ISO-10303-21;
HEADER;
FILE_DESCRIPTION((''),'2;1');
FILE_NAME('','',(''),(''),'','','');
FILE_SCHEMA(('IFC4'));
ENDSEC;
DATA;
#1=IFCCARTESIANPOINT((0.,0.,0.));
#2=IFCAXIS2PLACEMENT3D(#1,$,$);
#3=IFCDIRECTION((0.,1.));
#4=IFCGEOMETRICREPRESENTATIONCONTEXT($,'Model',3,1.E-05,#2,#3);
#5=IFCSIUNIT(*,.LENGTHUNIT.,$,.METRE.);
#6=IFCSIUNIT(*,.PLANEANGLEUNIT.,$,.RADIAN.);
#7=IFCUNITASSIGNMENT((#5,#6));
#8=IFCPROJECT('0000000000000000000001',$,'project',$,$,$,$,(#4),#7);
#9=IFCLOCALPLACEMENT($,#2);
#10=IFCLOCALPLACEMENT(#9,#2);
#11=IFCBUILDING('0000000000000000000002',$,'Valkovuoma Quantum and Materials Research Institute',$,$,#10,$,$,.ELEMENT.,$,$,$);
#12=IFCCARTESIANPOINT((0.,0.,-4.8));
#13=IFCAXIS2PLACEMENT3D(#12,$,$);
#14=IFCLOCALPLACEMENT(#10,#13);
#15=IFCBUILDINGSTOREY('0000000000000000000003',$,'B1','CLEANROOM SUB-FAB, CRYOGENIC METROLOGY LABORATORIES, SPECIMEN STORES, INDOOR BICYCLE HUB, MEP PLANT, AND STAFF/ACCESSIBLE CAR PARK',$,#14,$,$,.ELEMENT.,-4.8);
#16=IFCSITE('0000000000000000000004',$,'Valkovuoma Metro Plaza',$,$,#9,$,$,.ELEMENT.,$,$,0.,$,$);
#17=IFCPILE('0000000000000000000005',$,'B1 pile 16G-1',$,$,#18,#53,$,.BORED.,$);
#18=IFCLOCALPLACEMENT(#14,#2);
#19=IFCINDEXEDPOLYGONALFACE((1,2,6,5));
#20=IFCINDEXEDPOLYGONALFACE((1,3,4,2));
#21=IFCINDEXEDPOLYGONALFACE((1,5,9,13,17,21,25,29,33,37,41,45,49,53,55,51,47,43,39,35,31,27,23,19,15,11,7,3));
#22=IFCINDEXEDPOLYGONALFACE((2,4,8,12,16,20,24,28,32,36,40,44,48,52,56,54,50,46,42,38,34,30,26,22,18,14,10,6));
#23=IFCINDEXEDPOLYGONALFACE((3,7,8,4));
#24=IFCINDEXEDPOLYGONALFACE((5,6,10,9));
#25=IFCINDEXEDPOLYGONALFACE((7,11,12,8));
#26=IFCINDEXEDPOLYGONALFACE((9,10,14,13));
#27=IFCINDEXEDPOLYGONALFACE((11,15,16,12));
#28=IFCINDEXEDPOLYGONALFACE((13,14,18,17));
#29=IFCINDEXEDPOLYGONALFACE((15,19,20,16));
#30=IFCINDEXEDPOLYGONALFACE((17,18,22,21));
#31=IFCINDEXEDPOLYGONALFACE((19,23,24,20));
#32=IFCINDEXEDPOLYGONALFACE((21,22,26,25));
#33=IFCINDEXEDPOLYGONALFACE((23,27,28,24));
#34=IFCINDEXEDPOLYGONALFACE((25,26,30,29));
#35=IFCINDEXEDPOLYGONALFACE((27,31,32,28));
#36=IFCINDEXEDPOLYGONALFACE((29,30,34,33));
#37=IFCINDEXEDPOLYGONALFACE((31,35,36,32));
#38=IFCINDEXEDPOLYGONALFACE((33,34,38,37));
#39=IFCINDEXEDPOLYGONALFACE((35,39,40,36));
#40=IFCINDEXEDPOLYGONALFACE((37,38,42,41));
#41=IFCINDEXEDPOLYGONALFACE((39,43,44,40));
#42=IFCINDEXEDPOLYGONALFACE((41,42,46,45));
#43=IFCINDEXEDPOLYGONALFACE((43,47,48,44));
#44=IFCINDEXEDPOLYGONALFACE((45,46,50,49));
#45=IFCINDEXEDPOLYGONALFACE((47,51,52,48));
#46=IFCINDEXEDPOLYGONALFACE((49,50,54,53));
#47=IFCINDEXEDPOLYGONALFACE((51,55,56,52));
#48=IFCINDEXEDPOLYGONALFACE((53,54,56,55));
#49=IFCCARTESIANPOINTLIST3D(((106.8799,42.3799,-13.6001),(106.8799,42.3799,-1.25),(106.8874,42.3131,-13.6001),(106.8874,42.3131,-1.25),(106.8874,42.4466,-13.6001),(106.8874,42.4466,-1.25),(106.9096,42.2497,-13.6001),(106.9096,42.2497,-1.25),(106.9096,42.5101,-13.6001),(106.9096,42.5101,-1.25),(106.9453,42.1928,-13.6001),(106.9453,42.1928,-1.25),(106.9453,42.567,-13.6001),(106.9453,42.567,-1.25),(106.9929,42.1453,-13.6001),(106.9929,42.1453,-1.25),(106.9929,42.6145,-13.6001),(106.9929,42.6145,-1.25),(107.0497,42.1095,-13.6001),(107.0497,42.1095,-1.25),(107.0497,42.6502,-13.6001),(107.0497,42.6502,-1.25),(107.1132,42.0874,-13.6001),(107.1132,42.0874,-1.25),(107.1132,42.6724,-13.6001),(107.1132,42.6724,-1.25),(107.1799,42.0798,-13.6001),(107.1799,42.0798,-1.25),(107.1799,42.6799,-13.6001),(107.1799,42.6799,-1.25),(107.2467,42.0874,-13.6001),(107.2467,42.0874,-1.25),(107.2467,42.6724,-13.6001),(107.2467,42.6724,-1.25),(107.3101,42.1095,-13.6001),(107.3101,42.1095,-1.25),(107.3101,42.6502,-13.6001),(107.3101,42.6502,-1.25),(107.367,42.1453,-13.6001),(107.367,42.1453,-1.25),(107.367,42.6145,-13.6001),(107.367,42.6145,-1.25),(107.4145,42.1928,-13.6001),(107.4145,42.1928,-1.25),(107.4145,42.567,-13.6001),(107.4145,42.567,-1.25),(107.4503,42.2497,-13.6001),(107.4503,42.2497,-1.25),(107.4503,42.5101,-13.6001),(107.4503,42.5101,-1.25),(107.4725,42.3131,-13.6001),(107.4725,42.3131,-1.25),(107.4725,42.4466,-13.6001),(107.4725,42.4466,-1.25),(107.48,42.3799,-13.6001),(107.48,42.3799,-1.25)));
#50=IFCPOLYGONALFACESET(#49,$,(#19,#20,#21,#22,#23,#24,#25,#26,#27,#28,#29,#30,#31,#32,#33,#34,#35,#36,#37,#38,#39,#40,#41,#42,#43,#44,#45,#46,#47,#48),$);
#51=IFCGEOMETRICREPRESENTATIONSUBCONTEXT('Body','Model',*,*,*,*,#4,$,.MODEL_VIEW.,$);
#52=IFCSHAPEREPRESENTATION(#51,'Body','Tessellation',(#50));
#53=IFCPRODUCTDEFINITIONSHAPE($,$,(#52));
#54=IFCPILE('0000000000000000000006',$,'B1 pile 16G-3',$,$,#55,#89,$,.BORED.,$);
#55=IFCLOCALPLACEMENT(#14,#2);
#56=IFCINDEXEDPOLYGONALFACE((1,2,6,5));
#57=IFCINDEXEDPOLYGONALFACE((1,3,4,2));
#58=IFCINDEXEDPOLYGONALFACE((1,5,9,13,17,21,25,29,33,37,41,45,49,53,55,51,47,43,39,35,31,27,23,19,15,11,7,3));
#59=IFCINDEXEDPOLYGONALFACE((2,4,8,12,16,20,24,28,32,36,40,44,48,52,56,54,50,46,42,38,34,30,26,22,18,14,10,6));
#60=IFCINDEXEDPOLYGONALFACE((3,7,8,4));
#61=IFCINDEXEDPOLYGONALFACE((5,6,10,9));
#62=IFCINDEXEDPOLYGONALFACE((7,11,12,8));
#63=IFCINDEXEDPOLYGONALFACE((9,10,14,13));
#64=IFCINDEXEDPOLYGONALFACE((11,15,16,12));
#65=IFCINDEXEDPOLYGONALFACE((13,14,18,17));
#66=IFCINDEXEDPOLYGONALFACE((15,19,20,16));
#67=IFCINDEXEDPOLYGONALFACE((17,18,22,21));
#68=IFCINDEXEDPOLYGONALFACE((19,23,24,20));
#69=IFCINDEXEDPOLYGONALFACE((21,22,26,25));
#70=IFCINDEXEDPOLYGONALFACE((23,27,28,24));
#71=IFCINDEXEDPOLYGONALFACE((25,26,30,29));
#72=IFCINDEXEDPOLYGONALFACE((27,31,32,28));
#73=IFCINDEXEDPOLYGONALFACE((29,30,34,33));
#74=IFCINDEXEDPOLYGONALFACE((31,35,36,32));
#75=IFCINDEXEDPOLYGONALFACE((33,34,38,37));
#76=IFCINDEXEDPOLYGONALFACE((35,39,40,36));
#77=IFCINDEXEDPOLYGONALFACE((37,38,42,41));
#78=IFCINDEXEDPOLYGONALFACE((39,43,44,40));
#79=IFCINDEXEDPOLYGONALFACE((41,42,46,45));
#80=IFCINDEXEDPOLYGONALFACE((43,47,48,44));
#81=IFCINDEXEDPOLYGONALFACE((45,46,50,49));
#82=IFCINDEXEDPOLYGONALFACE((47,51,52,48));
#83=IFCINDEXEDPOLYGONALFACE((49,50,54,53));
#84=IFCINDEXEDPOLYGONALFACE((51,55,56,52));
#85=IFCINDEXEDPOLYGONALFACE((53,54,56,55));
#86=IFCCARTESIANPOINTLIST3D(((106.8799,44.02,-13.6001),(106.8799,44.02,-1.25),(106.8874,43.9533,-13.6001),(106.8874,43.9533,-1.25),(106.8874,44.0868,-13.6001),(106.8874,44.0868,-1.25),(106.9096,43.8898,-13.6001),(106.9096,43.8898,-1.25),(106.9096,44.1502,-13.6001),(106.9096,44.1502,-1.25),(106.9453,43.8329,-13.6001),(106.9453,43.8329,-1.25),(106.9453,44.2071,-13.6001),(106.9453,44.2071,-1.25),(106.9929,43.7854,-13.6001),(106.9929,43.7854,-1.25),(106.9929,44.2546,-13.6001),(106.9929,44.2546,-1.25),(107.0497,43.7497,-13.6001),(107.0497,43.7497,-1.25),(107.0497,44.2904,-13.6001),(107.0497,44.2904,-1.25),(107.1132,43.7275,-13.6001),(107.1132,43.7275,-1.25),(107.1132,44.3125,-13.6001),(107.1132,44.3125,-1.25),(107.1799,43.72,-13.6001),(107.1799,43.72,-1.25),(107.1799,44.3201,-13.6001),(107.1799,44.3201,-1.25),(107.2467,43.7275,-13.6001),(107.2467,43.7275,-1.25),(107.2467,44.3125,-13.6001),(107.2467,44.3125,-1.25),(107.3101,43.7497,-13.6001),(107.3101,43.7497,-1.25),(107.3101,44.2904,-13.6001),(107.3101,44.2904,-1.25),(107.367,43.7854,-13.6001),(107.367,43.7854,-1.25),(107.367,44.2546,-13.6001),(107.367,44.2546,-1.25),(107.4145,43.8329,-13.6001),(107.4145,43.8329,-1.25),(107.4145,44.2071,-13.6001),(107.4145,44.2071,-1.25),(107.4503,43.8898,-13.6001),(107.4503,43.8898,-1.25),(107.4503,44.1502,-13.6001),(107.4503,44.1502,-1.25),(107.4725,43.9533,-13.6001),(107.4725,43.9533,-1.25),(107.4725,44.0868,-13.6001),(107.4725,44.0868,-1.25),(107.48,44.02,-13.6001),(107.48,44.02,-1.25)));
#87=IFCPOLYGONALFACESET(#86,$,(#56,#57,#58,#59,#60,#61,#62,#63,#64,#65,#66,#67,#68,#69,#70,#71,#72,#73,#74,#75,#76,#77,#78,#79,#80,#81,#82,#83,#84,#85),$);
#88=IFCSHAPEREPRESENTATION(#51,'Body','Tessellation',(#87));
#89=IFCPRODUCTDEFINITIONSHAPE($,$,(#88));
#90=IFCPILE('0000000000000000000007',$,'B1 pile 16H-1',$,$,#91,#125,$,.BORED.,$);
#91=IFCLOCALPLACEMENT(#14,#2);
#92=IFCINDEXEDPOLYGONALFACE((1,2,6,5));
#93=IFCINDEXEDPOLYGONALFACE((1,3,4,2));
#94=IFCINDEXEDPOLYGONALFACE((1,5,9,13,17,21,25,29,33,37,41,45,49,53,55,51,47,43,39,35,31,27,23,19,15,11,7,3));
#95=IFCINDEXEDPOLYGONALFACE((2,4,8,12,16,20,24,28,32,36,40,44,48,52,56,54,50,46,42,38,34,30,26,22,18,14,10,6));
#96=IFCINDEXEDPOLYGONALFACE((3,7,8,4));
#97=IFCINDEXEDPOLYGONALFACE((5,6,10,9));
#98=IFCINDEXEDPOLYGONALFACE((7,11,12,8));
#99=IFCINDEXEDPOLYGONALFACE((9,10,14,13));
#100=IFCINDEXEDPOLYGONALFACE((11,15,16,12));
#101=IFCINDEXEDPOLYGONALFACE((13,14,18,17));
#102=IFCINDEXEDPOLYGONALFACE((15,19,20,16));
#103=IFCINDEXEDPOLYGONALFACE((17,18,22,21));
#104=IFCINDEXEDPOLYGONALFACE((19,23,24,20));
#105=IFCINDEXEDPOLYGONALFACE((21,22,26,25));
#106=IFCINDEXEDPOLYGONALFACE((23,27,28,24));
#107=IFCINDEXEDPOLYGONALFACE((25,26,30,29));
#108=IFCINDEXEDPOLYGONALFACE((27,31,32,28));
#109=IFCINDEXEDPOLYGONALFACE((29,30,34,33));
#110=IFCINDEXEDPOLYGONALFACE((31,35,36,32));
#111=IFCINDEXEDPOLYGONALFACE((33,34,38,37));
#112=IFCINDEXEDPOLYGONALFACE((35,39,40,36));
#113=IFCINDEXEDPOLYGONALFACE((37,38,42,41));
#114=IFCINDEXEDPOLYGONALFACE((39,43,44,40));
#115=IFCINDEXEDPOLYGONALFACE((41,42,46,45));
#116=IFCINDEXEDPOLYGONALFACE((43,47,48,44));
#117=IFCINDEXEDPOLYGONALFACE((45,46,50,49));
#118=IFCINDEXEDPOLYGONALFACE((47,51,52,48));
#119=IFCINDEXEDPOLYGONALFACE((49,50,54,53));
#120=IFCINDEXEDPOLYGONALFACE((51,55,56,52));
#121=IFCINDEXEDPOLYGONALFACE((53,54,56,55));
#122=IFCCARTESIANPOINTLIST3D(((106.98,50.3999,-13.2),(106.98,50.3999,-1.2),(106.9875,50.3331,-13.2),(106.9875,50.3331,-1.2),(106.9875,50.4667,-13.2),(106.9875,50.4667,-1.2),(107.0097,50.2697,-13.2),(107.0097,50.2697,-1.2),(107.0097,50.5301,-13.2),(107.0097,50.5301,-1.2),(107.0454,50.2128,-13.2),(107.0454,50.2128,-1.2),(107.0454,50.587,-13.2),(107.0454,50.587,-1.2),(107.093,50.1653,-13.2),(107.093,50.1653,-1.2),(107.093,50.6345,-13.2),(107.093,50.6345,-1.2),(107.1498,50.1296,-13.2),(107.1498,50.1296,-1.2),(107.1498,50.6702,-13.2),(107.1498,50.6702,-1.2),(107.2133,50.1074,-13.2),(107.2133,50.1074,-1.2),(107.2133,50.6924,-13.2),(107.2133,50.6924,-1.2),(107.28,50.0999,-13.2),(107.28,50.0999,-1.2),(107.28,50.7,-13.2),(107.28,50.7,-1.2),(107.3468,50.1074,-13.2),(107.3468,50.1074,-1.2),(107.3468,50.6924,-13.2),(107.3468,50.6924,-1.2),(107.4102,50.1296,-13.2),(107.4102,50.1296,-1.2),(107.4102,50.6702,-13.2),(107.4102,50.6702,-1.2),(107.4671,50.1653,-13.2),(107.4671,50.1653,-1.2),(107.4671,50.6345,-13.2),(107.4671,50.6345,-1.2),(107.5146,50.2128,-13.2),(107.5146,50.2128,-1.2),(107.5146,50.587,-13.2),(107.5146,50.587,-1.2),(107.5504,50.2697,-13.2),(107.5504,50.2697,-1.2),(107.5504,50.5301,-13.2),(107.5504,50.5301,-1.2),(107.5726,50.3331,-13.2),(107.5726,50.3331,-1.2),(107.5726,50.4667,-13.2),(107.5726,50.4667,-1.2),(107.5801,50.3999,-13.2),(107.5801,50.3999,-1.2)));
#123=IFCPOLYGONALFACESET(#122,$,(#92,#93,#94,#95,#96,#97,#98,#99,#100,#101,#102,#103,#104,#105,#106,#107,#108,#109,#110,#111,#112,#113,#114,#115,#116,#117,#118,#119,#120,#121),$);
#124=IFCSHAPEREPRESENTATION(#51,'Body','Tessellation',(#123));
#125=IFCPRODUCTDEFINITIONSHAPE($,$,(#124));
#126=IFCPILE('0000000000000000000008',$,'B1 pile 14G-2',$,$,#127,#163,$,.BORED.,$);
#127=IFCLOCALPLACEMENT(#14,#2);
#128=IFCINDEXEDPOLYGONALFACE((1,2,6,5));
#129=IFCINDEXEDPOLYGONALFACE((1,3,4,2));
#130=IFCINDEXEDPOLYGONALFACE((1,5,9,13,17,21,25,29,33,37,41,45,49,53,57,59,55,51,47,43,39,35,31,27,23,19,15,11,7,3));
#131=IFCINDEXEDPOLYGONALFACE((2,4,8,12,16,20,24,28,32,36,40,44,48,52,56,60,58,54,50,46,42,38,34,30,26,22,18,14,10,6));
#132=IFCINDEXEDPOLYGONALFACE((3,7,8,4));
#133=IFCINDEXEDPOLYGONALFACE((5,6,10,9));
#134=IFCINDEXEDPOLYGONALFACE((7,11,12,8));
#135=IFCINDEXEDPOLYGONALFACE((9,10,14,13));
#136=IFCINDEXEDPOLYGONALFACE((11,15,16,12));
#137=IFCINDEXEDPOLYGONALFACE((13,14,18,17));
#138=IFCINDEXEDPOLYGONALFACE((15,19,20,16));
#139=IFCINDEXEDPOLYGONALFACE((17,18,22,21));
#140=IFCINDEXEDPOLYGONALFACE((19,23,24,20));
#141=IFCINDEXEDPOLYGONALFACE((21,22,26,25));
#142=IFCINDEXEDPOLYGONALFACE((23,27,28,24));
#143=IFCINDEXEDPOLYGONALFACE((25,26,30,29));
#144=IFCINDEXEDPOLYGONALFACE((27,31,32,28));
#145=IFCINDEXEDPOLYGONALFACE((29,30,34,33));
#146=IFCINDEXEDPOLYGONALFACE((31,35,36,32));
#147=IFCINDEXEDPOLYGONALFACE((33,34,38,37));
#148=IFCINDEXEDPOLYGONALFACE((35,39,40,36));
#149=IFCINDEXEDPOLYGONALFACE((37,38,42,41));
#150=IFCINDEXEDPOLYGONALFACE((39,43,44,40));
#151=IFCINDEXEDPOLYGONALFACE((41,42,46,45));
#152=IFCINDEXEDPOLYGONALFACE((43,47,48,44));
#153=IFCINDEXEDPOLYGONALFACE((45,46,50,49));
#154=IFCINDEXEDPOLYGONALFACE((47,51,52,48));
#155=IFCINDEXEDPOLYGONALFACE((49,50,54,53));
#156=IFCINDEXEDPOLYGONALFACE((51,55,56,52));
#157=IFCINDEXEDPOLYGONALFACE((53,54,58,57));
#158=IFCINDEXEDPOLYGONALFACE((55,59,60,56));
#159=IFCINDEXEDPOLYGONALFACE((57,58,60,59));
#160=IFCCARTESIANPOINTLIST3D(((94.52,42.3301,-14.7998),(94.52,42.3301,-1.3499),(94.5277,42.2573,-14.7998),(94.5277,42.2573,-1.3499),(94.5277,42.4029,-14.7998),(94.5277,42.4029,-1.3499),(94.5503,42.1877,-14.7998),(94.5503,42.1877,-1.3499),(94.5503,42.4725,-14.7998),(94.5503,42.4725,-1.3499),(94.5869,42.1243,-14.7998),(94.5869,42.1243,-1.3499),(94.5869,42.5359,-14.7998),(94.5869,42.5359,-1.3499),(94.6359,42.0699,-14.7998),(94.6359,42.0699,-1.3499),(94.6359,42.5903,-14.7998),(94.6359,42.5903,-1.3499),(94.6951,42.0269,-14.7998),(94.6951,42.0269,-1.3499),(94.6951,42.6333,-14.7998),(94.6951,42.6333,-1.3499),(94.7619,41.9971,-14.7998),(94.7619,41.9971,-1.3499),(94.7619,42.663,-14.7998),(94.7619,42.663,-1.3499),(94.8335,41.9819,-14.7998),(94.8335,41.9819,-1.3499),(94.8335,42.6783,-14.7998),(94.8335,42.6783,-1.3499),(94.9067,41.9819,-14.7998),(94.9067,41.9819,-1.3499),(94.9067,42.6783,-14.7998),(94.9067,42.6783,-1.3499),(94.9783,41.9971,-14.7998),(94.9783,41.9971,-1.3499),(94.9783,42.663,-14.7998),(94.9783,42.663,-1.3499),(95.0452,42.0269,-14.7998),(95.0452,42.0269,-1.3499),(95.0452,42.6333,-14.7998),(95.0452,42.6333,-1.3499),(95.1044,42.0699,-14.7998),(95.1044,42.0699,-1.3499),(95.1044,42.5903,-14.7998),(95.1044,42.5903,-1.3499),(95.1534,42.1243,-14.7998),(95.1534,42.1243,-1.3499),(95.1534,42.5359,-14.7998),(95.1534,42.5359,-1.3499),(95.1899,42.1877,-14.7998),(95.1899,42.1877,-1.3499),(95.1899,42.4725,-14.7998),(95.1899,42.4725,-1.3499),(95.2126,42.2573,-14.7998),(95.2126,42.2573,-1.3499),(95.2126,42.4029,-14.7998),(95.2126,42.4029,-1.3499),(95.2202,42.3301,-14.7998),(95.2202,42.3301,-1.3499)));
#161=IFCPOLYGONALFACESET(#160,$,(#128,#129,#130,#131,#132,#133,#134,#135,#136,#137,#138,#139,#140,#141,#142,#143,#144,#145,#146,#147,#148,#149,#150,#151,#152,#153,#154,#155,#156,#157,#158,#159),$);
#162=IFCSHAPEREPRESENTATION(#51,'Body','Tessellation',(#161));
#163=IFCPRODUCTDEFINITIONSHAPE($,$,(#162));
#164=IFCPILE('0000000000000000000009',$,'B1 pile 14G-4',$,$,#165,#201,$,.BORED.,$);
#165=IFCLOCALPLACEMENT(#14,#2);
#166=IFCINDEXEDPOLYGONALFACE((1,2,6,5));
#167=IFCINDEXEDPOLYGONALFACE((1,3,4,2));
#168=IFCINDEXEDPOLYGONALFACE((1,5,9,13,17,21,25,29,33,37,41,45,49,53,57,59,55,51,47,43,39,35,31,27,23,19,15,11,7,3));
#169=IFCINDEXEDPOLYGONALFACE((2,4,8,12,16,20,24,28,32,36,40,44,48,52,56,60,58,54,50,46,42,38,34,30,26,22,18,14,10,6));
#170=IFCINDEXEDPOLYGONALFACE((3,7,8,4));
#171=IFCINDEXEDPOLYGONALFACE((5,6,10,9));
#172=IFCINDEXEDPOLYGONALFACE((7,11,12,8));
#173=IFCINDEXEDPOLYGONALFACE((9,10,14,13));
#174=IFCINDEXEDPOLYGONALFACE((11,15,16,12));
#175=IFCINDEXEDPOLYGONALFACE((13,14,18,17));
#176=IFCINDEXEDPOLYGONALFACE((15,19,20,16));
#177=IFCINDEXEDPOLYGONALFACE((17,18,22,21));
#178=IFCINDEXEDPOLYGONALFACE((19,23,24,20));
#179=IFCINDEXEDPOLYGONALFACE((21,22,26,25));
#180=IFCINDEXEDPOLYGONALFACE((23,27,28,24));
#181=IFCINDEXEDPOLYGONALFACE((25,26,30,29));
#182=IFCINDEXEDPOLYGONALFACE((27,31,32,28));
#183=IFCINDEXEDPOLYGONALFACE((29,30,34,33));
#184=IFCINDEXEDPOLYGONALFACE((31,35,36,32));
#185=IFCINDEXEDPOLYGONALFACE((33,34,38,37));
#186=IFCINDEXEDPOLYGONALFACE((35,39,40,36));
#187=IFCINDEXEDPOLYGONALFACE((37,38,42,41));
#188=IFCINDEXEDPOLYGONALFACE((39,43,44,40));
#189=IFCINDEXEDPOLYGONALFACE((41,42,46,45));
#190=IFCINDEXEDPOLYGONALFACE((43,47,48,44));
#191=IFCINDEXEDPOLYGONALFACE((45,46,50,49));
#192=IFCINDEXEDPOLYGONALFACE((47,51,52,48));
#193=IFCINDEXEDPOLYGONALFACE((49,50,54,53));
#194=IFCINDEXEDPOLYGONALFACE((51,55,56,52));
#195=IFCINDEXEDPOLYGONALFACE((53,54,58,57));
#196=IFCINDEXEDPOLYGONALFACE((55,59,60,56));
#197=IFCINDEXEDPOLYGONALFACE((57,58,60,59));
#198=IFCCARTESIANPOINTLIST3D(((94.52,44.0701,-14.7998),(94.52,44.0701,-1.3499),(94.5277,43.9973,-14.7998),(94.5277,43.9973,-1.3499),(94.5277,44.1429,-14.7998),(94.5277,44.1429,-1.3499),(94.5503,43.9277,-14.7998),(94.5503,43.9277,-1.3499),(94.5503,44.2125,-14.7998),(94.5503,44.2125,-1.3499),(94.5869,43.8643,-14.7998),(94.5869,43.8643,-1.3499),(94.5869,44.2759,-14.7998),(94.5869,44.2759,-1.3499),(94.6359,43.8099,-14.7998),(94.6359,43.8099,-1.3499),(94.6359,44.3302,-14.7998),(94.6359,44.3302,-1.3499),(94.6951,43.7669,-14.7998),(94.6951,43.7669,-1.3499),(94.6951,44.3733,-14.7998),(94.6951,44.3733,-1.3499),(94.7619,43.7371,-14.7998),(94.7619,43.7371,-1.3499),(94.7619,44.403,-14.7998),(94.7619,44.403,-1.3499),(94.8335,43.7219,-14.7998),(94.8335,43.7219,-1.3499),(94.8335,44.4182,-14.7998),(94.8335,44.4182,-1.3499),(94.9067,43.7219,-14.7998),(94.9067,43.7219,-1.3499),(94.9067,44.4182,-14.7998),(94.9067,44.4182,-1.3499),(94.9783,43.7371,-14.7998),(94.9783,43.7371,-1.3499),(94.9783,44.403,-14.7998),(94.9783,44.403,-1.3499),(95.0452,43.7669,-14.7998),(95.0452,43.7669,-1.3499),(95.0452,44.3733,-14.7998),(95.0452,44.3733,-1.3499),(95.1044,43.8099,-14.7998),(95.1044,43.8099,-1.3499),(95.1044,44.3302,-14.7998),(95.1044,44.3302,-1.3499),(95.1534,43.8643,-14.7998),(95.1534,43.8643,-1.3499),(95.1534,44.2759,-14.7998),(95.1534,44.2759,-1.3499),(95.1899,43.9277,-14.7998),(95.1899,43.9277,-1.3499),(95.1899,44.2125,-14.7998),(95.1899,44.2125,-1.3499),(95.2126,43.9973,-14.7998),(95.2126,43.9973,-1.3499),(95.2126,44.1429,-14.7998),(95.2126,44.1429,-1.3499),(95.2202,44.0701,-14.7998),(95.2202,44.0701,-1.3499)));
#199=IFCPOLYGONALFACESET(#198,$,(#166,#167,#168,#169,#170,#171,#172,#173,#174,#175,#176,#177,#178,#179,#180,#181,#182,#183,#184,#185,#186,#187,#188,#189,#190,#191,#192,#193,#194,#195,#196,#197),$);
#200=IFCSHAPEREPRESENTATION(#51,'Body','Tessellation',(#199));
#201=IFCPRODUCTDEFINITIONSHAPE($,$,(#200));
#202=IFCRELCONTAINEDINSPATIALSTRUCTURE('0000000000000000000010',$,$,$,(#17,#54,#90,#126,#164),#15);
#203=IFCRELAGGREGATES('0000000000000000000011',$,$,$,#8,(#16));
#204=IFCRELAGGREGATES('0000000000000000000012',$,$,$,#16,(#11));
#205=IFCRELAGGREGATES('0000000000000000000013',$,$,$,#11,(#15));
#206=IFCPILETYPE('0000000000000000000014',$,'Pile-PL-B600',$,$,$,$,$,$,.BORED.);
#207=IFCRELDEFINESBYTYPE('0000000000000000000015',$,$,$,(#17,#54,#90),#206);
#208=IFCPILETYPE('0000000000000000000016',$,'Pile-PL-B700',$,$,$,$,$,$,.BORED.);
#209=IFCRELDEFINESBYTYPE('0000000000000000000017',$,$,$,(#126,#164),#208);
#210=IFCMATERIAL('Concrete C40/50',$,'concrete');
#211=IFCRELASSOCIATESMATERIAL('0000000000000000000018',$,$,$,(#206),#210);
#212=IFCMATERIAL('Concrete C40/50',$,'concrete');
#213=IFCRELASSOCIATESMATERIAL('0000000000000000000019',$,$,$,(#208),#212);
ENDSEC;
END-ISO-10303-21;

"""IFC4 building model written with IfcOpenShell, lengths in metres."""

from ifc_helpers import new_model, si_unit, direction, frame, origin, origin_2d, place, context, subcontext, project, spatial, circle, extrude, material, material_profile, profile_set, type_object, element, save


model = new_model("IFC4")

# Units and contexts
model_context = context("Model", 3, precision=1e-05, world=origin(), true_north=direction((0.0, 1.0)))
body_context = subcontext(model_context, "Body", "Model", "MODEL_VIEW")
ifc_project = project(units=[si_unit("LENGTHUNIT", "METRE"), si_unit("PLANEANGLEUNIT", "RADIAN")], contexts=[model_context])

# Site, building, storey
site_placement = place(None, origin())
site = spatial("IfcSite", under=ifc_project, at=site_placement, Name="Valkovuoma Metro Plaza", CompositionType="ELEMENT", RefElevation=0.0)
building_placement = place(site_placement, origin())
building = spatial("IfcBuilding", under=site, at=building_placement, Name="Valkovuoma Quantum and Materials Research Institute", CompositionType="ELEMENT")
storey_placement = place(building_placement, frame((0.0, 0.0, -4.8)))
storey = spatial("IfcBuildingStorey", under=building, at=storey_placement, Name="B1", Description="CLEANROOM SUB-FAB, CRYOGENIC METROLOGY LABORATORIES, SPECIMEN STORES, INDOOR BICYCLE HUB, MEP PLANT, AND STAFF/ACCESSIBLE CAR PARK", CompositionType="ELEMENT", Elevation=-4.8)

# Piles
ifc_material_1 = material(Name="Concrete C40/50", Category="concrete")
ifc_material_profile_1 = material_profile(ifc_material_1, circle(Radius=0.3, at=origin_2d()), Name="Concrete C40/50")
ifc_profile_set_1 = profile_set([ifc_material_profile_1], Name="Concrete C40/50")
pile_type_1 = type_object("IfcPileType", Name="Pile-PL-B600", PredefinedType="BORED", material=ifc_profile_set_1)
for number, where, z_axis, x_axis, name in (
    (1, (107.1799, 42.3799, -1.25), (0.0, 0.0, -1.0), (1.0, 0.0, 0.0), "B1 pile 16G-1"),
    (2, (107.1799, 44.02, -1.25), (0.0, 0.0, -1.0), (1.0, 0.0, 0.0), "B1 pile 16G-3"),
):
    element("IfcPile", number, at=place(storey_placement, frame(where, z_axis=z_axis, x_axis=x_axis)), inside=storey, type_object=pile_type_1, Name=name, PredefinedType="BORED", context=body_context, shape_type="SweptSolid", body=[
        extrude(circle(Radius=0.3, at=origin_2d()), origin(), (0.0, 0.0, 1.0), 12.3501),
    ])
pile_1_placement = place(storey_placement, frame((107.28, 50.3999, -1.2), z_axis=(0.0, 0.0, -1.0), x_axis=(1.0, 0.0, 0.0)))
element("IfcPile", 3, at=pile_1_placement, inside=storey, type_object=pile_type_1, Name="B1 pile 16H-1", PredefinedType="BORED", context=body_context, shape_type="SweptSolid", body=[
    extrude(circle(Radius=0.3, at=origin_2d()), origin(), (0.0, 0.0, 1.0), 12.0),
])
ifc_material_2 = material(Name="Concrete C40/50", Category="concrete")
ifc_material_profile_2 = material_profile(ifc_material_2, circle(Radius=0.3501, at=origin_2d()), Name="Concrete C40/50")
ifc_profile_set_2 = profile_set([ifc_material_profile_2], Name="Concrete C40/50")
pile_type_2 = type_object("IfcPileType", Name="Pile-PL-B700", PredefinedType="BORED", material=ifc_profile_set_2)
for number, where, z_axis, x_axis, name in (
    (4, (94.8701, 42.3301, -1.3499), (0.0, 0.0, -1.0), (1.0, 0.0, 0.0), "B1 pile 14G-2"),
    (5, (94.8701, 44.0701, -1.3499), (0.0, 0.0, -1.0), (1.0, 0.0, 0.0), "B1 pile 14G-4"),
):
    element("IfcPile", number, at=place(storey_placement, frame(where, z_axis=z_axis, x_axis=x_axis)), inside=storey, type_object=pile_type_2, Name=name, PredefinedType="BORED", context=body_context, shape_type="SweptSolid", body=[
        extrude(circle(Radius=0.3501, at=origin_2d()), origin(), (0.0, 0.0, 1.0), 13.45),
    ])

save(model, "model.ifc")
